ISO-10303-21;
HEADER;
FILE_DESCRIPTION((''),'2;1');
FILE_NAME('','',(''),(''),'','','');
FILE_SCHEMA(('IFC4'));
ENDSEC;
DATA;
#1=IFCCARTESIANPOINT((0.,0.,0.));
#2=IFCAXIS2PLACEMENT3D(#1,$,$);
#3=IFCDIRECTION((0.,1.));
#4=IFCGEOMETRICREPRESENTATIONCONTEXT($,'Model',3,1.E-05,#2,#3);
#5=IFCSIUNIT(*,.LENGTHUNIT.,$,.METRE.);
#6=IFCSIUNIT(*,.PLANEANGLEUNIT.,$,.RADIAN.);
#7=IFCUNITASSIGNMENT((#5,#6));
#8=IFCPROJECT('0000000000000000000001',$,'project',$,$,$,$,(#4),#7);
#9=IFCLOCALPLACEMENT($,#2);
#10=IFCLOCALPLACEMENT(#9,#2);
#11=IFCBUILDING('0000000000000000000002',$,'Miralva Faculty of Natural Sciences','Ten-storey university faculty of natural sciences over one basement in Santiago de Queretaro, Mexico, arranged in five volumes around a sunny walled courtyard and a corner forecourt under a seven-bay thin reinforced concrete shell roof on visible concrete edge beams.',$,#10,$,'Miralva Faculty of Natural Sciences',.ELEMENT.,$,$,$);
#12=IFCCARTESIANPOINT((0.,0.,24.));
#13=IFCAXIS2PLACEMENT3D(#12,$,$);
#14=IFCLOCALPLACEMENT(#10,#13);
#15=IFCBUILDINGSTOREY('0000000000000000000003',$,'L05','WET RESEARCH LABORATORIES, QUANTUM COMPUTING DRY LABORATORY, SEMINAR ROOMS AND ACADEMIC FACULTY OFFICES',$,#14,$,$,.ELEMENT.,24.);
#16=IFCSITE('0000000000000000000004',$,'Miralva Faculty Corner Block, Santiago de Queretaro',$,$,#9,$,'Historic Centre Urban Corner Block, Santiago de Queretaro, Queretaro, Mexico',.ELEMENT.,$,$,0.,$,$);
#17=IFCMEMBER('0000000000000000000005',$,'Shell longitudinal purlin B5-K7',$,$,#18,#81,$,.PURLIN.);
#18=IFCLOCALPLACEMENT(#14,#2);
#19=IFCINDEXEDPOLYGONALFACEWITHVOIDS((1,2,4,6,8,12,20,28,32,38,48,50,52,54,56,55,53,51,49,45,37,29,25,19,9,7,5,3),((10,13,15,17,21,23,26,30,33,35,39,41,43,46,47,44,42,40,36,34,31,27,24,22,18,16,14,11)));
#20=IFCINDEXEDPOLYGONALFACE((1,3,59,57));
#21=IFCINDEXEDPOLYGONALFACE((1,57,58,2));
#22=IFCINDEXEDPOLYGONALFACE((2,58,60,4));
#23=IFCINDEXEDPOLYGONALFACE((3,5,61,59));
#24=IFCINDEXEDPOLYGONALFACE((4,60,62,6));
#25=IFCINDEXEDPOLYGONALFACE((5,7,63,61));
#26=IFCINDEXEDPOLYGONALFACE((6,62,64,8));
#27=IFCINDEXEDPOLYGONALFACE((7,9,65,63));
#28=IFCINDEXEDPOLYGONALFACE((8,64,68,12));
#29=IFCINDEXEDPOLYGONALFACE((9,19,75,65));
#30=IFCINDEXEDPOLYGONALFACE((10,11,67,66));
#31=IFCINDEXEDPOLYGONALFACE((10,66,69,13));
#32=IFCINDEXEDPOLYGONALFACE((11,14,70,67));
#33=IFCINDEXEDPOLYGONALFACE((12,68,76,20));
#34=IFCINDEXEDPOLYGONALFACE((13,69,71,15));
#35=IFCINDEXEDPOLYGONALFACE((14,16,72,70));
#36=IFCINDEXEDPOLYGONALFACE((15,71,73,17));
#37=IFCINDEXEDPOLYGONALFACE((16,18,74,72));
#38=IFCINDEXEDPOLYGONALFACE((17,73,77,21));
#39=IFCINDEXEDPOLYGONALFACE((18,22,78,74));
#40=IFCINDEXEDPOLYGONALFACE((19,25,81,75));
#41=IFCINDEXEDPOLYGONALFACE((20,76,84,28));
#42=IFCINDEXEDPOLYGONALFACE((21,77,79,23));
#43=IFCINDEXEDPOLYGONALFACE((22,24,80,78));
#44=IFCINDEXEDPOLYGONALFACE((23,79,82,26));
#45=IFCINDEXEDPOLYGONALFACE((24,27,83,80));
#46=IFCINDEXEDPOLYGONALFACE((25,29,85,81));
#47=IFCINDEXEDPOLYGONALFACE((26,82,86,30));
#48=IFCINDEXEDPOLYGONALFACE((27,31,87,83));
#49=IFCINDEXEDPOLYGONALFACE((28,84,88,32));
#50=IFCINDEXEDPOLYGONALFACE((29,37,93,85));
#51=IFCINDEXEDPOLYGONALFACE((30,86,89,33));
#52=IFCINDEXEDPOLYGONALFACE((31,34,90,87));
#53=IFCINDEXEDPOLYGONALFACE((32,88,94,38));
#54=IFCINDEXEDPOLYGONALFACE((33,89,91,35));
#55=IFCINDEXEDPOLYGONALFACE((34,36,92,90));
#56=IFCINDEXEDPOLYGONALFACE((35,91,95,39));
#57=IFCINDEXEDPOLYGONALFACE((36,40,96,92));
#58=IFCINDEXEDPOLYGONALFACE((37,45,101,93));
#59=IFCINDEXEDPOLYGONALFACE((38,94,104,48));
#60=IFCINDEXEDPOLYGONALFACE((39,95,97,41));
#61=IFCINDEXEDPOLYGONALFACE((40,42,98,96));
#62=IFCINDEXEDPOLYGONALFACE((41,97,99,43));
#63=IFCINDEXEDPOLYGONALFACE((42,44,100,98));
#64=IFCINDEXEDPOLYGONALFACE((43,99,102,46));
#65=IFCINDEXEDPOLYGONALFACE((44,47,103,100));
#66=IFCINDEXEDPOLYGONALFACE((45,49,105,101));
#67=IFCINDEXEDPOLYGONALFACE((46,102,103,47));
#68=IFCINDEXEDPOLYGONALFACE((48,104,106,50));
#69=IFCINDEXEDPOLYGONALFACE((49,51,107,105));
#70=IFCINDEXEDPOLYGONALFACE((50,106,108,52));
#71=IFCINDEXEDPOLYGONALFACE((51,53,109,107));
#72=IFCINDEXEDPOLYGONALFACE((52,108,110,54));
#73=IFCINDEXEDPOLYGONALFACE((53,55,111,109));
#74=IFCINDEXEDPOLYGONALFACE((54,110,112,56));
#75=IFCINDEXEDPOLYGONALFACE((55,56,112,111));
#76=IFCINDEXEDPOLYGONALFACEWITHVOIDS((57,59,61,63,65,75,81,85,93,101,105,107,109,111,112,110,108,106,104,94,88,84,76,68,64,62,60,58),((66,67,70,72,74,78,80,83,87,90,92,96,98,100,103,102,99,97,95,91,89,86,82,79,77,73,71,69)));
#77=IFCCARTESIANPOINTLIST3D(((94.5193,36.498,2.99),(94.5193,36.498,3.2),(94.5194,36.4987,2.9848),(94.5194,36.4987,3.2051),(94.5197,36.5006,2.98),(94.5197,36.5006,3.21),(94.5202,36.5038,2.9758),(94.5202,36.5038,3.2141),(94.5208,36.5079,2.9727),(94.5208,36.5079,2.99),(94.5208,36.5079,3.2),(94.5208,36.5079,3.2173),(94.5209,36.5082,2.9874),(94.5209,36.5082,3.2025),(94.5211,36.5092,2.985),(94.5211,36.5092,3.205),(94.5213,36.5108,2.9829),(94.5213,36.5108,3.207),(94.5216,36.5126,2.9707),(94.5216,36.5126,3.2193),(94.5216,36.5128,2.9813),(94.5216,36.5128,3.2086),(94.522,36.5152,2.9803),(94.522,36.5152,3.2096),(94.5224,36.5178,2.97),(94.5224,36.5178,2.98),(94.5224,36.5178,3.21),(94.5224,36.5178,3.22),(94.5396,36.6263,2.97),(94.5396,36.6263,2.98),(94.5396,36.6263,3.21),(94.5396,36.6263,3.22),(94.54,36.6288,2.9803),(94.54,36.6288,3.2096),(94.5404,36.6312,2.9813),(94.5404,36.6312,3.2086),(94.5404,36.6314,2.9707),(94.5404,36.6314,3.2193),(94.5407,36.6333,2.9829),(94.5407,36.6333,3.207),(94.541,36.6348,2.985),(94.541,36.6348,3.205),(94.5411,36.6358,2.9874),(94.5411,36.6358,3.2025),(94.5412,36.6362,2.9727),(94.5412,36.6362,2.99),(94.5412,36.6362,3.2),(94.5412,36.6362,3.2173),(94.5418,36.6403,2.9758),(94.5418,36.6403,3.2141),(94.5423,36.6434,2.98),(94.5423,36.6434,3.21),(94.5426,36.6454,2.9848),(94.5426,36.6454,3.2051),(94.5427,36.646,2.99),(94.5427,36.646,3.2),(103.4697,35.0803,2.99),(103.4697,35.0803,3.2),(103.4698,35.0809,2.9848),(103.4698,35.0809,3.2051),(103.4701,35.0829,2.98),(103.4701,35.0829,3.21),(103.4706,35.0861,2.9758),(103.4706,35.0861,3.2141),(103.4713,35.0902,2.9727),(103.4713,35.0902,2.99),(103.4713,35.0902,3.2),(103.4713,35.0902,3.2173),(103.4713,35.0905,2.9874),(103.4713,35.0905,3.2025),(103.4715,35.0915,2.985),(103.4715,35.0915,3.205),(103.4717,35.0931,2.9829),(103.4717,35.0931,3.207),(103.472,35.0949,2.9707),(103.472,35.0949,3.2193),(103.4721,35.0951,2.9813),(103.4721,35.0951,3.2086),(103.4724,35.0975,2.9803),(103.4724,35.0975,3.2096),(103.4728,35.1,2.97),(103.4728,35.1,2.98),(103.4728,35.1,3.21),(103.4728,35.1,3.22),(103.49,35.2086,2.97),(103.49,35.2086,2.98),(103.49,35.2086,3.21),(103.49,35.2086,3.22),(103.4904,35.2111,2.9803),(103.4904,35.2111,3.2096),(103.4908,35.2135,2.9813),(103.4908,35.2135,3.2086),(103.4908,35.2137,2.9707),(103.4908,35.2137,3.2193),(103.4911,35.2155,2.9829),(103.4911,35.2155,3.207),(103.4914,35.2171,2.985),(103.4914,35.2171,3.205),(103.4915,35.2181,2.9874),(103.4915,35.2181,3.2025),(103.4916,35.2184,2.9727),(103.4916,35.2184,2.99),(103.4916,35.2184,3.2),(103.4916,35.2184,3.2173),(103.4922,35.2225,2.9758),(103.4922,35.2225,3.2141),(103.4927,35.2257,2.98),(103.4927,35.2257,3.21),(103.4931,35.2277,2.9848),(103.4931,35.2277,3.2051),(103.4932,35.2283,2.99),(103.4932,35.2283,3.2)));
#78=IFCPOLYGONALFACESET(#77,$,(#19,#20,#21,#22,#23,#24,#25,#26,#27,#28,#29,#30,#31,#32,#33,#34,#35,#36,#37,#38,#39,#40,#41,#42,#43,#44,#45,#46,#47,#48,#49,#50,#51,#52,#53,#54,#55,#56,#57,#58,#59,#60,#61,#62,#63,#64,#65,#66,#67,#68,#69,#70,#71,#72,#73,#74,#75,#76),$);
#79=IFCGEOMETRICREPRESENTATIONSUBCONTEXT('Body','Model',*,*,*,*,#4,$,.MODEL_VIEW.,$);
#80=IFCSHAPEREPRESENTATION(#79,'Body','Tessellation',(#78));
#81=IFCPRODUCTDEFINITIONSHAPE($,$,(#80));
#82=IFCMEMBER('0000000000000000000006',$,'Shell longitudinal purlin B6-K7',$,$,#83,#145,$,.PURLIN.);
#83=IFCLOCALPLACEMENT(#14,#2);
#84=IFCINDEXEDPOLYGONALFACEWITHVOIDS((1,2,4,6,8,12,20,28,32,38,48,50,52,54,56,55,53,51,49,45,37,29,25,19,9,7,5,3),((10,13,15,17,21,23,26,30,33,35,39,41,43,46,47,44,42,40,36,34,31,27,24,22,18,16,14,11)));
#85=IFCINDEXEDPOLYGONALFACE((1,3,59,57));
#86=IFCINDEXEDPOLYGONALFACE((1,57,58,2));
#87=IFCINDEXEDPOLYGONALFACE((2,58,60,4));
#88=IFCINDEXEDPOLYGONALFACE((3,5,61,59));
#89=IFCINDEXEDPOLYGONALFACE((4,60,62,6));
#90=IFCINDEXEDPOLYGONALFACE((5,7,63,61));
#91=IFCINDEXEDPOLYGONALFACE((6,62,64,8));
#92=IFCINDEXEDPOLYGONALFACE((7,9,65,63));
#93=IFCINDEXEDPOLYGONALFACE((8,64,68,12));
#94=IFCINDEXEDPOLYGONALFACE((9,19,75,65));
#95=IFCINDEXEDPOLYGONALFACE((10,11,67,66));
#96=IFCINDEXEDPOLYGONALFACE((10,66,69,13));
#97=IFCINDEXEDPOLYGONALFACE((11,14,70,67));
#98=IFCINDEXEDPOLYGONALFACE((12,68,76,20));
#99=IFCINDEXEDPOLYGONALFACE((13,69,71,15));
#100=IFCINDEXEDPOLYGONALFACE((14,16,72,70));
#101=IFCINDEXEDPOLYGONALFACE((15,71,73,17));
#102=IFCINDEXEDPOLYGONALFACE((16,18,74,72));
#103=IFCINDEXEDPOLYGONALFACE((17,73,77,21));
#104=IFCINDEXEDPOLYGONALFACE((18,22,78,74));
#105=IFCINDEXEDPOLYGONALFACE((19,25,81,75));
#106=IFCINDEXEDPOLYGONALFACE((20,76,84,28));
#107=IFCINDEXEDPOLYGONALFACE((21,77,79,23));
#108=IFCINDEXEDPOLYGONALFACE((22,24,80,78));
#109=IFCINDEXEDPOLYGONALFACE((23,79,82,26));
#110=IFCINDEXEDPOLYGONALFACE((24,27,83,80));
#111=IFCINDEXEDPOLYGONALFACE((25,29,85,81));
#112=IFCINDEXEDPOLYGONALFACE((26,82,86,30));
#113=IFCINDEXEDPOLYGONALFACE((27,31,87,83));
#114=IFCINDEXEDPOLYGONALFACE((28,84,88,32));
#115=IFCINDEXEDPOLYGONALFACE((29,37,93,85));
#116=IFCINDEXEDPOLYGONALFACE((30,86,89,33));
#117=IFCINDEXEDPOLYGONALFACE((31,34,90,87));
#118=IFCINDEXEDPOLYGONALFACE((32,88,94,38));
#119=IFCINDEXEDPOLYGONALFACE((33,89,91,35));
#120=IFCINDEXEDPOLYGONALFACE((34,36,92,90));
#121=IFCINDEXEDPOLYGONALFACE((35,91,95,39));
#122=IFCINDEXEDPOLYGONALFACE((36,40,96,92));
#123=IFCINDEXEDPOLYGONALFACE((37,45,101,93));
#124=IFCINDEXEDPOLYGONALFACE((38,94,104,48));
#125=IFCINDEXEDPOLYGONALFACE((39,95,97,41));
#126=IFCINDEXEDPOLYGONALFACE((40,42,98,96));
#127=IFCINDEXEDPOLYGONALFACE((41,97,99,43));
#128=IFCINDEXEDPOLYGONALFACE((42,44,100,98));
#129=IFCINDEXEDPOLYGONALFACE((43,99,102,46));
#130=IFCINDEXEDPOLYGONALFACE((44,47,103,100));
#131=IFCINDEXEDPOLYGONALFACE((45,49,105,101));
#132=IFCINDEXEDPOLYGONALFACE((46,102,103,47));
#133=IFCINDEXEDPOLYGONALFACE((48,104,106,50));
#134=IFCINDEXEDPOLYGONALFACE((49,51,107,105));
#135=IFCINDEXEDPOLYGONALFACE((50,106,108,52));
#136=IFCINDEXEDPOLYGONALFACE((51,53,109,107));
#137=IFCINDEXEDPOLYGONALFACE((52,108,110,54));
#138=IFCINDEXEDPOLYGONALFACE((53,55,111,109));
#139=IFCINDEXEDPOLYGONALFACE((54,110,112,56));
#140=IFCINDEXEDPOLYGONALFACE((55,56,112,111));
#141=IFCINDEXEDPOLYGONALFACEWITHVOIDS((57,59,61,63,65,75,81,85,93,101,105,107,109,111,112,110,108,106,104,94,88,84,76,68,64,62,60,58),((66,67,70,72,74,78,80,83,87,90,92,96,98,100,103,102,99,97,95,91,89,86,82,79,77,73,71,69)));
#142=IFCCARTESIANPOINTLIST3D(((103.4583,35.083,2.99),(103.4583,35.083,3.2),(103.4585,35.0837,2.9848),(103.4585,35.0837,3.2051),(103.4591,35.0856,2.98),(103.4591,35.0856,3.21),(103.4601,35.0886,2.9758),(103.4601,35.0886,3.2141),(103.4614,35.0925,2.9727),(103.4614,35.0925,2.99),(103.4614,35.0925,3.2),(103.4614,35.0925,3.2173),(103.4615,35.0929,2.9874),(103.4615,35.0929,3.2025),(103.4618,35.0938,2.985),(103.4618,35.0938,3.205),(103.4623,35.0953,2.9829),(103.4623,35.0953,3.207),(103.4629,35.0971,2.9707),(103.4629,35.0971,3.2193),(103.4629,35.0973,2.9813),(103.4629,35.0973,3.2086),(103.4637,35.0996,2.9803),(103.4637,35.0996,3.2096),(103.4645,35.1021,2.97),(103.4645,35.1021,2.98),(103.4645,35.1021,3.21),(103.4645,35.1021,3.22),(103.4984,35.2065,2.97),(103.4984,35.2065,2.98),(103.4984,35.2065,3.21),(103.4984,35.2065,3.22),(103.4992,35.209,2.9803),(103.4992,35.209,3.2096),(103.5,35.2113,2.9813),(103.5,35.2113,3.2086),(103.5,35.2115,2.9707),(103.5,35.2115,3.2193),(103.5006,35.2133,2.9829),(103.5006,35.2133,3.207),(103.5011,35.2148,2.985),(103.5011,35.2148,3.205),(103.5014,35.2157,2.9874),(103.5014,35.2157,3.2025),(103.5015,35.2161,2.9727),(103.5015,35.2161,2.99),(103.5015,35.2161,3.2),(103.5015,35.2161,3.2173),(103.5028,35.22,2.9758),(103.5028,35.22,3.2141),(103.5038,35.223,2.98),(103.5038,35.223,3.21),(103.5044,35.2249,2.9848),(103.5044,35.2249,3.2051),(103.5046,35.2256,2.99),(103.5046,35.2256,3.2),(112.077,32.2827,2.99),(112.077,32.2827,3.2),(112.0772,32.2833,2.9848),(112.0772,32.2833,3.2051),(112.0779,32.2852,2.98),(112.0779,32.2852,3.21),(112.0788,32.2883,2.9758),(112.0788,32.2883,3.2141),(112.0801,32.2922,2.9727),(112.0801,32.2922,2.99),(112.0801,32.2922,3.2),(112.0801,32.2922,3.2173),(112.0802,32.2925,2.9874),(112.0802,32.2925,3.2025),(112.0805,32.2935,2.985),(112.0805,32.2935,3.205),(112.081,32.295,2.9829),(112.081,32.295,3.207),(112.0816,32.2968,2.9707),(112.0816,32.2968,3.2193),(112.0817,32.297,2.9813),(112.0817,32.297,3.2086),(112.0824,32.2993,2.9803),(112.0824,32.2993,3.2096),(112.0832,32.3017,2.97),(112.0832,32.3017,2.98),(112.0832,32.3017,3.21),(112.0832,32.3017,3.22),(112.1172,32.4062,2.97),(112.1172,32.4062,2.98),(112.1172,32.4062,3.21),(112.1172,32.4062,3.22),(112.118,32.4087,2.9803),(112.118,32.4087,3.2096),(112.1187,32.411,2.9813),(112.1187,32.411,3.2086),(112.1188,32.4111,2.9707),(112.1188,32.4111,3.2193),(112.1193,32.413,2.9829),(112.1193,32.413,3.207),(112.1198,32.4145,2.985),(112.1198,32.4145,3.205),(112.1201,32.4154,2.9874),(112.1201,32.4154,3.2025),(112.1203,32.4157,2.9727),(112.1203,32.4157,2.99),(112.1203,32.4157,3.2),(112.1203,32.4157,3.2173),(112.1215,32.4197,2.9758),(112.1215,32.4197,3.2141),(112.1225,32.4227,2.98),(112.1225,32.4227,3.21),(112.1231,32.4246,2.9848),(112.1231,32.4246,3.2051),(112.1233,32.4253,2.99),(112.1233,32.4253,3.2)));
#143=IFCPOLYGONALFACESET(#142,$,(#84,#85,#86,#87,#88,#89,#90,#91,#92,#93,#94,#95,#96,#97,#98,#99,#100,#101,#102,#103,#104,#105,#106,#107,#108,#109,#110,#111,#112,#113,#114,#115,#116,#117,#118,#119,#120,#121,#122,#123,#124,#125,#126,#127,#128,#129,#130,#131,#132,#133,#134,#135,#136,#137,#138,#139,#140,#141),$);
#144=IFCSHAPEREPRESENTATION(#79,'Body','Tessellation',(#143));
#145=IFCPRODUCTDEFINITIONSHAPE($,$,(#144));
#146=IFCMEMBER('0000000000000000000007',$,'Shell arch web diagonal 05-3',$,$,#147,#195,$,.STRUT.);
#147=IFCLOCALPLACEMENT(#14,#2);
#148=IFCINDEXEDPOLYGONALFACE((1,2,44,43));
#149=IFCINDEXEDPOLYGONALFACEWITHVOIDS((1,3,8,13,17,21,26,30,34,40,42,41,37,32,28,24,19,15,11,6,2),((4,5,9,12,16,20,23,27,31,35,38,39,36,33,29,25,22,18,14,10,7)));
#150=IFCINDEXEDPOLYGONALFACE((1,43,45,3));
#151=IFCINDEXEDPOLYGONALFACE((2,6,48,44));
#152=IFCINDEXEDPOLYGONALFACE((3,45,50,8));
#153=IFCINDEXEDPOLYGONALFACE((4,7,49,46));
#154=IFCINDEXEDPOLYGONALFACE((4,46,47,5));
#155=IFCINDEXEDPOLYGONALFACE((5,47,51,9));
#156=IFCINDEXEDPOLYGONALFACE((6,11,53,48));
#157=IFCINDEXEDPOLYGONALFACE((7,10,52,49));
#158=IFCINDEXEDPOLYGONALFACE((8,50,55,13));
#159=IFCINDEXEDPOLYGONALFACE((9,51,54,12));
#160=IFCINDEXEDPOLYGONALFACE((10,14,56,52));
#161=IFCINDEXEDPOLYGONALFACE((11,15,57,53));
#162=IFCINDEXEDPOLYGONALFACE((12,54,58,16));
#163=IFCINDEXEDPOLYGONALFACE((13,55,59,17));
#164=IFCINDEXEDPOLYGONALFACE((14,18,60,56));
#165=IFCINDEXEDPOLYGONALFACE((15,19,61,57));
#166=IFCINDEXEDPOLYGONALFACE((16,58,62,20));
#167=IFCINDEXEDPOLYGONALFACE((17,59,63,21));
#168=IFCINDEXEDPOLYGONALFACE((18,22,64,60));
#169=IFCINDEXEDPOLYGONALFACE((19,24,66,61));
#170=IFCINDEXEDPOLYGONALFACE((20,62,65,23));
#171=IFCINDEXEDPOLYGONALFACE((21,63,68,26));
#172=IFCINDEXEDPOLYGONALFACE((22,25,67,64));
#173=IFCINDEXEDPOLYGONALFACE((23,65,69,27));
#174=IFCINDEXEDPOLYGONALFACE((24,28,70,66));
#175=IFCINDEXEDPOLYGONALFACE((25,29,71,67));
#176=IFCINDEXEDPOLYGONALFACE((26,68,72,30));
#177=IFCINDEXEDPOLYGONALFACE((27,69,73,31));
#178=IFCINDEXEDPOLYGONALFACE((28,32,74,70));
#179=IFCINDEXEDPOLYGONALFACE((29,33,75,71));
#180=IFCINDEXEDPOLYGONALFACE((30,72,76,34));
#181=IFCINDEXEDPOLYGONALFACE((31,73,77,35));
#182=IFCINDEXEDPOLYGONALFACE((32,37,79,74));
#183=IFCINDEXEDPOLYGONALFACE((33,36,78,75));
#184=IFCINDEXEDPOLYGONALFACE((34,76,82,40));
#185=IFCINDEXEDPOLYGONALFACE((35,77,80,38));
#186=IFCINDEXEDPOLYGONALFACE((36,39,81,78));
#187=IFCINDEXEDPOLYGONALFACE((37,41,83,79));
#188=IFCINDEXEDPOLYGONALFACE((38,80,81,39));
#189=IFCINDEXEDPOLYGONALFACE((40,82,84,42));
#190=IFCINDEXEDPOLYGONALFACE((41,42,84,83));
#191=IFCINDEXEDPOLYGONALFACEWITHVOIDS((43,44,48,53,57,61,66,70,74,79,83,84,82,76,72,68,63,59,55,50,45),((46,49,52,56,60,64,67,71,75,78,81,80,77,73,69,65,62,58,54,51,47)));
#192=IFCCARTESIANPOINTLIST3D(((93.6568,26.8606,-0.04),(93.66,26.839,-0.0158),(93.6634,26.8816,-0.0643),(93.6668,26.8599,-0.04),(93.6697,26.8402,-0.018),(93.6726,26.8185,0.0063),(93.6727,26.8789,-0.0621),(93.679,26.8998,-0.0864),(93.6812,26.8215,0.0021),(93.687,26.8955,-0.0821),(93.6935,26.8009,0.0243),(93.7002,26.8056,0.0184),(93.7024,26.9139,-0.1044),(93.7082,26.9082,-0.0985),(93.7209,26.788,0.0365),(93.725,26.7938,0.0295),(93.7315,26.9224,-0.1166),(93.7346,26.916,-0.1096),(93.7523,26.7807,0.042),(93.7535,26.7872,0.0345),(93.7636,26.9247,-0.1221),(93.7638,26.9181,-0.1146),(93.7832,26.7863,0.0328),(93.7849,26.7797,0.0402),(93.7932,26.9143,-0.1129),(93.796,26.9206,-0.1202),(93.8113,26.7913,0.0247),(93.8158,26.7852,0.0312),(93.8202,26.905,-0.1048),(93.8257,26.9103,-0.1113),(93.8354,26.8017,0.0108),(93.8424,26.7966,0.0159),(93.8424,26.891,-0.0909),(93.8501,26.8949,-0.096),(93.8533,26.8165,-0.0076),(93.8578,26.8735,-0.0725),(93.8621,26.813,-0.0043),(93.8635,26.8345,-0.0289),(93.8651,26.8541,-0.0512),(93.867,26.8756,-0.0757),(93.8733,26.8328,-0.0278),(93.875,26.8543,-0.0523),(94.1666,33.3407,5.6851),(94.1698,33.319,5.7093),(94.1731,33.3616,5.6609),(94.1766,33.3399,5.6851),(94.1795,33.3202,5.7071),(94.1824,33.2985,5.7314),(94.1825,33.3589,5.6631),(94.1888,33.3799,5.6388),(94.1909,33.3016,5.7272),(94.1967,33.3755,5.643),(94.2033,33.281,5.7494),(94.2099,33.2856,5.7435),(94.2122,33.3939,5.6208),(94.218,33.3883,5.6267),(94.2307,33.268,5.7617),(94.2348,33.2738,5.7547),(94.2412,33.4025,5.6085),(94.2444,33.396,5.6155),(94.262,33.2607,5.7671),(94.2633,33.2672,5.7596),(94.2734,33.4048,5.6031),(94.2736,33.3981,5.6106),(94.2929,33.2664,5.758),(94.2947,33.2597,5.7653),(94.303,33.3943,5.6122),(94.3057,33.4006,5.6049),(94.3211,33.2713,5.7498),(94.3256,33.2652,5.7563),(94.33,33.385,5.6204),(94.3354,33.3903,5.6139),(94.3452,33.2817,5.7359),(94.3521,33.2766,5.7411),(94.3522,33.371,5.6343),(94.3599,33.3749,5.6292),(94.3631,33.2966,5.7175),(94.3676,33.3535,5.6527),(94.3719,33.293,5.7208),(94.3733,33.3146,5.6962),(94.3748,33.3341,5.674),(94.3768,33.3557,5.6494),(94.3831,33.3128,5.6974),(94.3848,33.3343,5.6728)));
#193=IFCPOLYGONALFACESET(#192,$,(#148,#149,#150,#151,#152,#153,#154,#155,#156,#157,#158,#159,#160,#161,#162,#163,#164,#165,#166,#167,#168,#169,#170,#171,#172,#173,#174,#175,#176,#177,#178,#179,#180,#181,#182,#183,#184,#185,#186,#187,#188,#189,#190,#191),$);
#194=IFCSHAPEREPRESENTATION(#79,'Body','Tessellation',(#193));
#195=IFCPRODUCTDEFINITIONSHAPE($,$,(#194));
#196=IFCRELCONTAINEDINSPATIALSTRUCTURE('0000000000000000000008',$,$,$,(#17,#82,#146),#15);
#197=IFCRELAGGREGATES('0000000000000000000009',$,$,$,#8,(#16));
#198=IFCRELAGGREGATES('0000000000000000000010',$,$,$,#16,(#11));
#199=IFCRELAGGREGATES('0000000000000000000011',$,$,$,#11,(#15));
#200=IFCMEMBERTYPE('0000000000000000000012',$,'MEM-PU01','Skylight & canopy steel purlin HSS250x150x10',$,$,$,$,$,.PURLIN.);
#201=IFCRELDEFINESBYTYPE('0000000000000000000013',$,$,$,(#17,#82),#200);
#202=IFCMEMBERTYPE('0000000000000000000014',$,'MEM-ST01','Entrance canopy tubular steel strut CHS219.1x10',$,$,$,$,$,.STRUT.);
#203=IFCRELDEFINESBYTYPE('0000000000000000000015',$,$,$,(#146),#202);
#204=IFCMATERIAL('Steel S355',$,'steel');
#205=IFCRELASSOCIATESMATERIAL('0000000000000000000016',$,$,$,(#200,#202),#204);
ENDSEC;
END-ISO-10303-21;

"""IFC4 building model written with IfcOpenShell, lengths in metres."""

from ifc_helpers import new_model, si_unit, direction, frame, origin, origin_2d, place, context, subcontext, project, spatial, hollow_rectangle, hollow_circle, extrude, material, material_profile, profile_set, type_object, element, save


model = new_model("IFC4")

# Units and contexts
model_context = context("Model", 3, precision=1e-05, world=origin(), true_north=direction((0.0, 1.0)))
body_context = subcontext(model_context, "Body", "Model", "MODEL_VIEW")
ifc_project = project(units=[si_unit("LENGTHUNIT", "METRE"), si_unit("PLANEANGLEUNIT", "RADIAN")], contexts=[model_context])

# Site, building, storey
site_placement = place(None, origin())
site = spatial("IfcSite", under=ifc_project, at=site_placement, Name="Miralva Faculty Corner Block, Santiago de Queretaro", LongName="Historic Centre Urban Corner Block, Santiago de Queretaro, Queretaro, Mexico", CompositionType="ELEMENT", RefElevation=0.0)
building_placement = place(site_placement, origin())
building = spatial("IfcBuilding", under=site, at=building_placement, Name="Miralva Faculty of Natural Sciences", Description="Ten-storey university faculty of natural sciences over one basement in Santiago de Queretaro, Mexico, arranged in five volumes around a sunny walled courtyard and a corner forecourt under a seven-bay thin reinforced concrete shell roof on visible concrete edge beams.", LongName="Miralva Faculty of Natural Sciences", CompositionType="ELEMENT")
storey_placement = place(building_placement, frame((0.0, 0.0, 24.0)))
storey = spatial("IfcBuildingStorey", under=building, at=storey_placement, Name="L05", Description="WET RESEARCH LABORATORIES, QUANTUM COMPUTING DRY LABORATORY, SEMINAR ROOMS AND ACADEMIC FACULTY OFFICES", CompositionType="ELEMENT", Elevation=24.0)

# Shared definitions
ifc_material_1 = material(Name="Steel S355", Category="steel")

# Members
ifc_material_profile_1 = material_profile(ifc_material_1, hollow_rectangle(XDim=0.1499, YDim=0.25, WallThickness=0.01, InnerFilletRadius=0.01, OuterFilletRadius=0.02, at=origin_2d()), Name="HSS 250x150x10")
ifc_profile_set_1 = profile_set([ifc_material_profile_1], Name="Steel S355")
member_type_1 = type_object("IfcMemberType", Name="MEM-PU01", Description="Skylight & canopy steel purlin HSS250x150x10", PredefinedType="PURLIN", material=ifc_profile_set_1)
member_1_placement = place(storey_placement, frame((94.531, 36.572, 3.095), z_axis=(0.987686, -0.156447, 0.0), x_axis=(0.156447, 0.987686, 0.0)))
element("IfcMember", 1, at=member_1_placement, inside=storey, type_object=member_type_1, Name="Shell longitudinal purlin B5-K7", PredefinedType="PURLIN", context=body_context, shape_type="SweptSolid", body=[
    extrude(hollow_rectangle(XDim=0.1499, YDim=0.25, WallThickness=0.01, InnerFilletRadius=0.01, OuterFilletRadius=0.02, at=origin_2d()), origin(), (0.0, 0.0, 1.0), 9.062),
])
member_2_placement = place(storey_placement, frame((103.4814, 35.1543, 3.095), z_axis=(0.951059, -0.309009, 0.0), x_axis=(0.309009, 0.951059, 0.0)))
element("IfcMember", 2, at=member_2_placement, inside=storey, type_object=member_type_1, Name="Shell longitudinal purlin B6-K7", PredefinedType="PURLIN", context=body_context, shape_type="SweptSolid", body=[
    extrude(hollow_rectangle(XDim=0.1499, YDim=0.25, WallThickness=0.01, InnerFilletRadius=0.01, OuterFilletRadius=0.02, at=origin_2d()), origin(), (0.0, 0.0, 1.0), 9.0623),
])
ifc_material_profile_2 = material_profile(ifc_material_1, hollow_circle(Radius=0.1096, WallThickness=0.01, at=origin_2d()), Name="CHS 219.1x10")
ifc_profile_set_2 = profile_set([ifc_material_profile_2], Name="Steel S355")
member_type_2 = type_object("IfcMemberType", Name="MEM-ST01", Description="Entrance canopy tubular steel strut CHS219.1x10", PredefinedType="STRUT", material=ifc_profile_set_2)
for number, where, z_axis, x_axis, name in (
    (3, (93.7661, 26.8521, -0.04), (0.058852, 0.74811, 0.660959), (-0.99692, 0.078425, 0.0), "Shell arch web diagonal 05-3"),
):
    element("IfcMember", number, at=place(storey_placement, frame(where, z_axis=z_axis, x_axis=x_axis)), inside=storey, type_object=member_type_2, Name=name, PredefinedType="STRUT", context=body_context, shape_type="SweptSolid", body=[
        extrude(hollow_circle(Radius=0.1096, WallThickness=0.01, at=origin_2d()), origin(), (0.0, 0.0, 1.0), 8.6619),
    ])

save(model, "model.ifc")
